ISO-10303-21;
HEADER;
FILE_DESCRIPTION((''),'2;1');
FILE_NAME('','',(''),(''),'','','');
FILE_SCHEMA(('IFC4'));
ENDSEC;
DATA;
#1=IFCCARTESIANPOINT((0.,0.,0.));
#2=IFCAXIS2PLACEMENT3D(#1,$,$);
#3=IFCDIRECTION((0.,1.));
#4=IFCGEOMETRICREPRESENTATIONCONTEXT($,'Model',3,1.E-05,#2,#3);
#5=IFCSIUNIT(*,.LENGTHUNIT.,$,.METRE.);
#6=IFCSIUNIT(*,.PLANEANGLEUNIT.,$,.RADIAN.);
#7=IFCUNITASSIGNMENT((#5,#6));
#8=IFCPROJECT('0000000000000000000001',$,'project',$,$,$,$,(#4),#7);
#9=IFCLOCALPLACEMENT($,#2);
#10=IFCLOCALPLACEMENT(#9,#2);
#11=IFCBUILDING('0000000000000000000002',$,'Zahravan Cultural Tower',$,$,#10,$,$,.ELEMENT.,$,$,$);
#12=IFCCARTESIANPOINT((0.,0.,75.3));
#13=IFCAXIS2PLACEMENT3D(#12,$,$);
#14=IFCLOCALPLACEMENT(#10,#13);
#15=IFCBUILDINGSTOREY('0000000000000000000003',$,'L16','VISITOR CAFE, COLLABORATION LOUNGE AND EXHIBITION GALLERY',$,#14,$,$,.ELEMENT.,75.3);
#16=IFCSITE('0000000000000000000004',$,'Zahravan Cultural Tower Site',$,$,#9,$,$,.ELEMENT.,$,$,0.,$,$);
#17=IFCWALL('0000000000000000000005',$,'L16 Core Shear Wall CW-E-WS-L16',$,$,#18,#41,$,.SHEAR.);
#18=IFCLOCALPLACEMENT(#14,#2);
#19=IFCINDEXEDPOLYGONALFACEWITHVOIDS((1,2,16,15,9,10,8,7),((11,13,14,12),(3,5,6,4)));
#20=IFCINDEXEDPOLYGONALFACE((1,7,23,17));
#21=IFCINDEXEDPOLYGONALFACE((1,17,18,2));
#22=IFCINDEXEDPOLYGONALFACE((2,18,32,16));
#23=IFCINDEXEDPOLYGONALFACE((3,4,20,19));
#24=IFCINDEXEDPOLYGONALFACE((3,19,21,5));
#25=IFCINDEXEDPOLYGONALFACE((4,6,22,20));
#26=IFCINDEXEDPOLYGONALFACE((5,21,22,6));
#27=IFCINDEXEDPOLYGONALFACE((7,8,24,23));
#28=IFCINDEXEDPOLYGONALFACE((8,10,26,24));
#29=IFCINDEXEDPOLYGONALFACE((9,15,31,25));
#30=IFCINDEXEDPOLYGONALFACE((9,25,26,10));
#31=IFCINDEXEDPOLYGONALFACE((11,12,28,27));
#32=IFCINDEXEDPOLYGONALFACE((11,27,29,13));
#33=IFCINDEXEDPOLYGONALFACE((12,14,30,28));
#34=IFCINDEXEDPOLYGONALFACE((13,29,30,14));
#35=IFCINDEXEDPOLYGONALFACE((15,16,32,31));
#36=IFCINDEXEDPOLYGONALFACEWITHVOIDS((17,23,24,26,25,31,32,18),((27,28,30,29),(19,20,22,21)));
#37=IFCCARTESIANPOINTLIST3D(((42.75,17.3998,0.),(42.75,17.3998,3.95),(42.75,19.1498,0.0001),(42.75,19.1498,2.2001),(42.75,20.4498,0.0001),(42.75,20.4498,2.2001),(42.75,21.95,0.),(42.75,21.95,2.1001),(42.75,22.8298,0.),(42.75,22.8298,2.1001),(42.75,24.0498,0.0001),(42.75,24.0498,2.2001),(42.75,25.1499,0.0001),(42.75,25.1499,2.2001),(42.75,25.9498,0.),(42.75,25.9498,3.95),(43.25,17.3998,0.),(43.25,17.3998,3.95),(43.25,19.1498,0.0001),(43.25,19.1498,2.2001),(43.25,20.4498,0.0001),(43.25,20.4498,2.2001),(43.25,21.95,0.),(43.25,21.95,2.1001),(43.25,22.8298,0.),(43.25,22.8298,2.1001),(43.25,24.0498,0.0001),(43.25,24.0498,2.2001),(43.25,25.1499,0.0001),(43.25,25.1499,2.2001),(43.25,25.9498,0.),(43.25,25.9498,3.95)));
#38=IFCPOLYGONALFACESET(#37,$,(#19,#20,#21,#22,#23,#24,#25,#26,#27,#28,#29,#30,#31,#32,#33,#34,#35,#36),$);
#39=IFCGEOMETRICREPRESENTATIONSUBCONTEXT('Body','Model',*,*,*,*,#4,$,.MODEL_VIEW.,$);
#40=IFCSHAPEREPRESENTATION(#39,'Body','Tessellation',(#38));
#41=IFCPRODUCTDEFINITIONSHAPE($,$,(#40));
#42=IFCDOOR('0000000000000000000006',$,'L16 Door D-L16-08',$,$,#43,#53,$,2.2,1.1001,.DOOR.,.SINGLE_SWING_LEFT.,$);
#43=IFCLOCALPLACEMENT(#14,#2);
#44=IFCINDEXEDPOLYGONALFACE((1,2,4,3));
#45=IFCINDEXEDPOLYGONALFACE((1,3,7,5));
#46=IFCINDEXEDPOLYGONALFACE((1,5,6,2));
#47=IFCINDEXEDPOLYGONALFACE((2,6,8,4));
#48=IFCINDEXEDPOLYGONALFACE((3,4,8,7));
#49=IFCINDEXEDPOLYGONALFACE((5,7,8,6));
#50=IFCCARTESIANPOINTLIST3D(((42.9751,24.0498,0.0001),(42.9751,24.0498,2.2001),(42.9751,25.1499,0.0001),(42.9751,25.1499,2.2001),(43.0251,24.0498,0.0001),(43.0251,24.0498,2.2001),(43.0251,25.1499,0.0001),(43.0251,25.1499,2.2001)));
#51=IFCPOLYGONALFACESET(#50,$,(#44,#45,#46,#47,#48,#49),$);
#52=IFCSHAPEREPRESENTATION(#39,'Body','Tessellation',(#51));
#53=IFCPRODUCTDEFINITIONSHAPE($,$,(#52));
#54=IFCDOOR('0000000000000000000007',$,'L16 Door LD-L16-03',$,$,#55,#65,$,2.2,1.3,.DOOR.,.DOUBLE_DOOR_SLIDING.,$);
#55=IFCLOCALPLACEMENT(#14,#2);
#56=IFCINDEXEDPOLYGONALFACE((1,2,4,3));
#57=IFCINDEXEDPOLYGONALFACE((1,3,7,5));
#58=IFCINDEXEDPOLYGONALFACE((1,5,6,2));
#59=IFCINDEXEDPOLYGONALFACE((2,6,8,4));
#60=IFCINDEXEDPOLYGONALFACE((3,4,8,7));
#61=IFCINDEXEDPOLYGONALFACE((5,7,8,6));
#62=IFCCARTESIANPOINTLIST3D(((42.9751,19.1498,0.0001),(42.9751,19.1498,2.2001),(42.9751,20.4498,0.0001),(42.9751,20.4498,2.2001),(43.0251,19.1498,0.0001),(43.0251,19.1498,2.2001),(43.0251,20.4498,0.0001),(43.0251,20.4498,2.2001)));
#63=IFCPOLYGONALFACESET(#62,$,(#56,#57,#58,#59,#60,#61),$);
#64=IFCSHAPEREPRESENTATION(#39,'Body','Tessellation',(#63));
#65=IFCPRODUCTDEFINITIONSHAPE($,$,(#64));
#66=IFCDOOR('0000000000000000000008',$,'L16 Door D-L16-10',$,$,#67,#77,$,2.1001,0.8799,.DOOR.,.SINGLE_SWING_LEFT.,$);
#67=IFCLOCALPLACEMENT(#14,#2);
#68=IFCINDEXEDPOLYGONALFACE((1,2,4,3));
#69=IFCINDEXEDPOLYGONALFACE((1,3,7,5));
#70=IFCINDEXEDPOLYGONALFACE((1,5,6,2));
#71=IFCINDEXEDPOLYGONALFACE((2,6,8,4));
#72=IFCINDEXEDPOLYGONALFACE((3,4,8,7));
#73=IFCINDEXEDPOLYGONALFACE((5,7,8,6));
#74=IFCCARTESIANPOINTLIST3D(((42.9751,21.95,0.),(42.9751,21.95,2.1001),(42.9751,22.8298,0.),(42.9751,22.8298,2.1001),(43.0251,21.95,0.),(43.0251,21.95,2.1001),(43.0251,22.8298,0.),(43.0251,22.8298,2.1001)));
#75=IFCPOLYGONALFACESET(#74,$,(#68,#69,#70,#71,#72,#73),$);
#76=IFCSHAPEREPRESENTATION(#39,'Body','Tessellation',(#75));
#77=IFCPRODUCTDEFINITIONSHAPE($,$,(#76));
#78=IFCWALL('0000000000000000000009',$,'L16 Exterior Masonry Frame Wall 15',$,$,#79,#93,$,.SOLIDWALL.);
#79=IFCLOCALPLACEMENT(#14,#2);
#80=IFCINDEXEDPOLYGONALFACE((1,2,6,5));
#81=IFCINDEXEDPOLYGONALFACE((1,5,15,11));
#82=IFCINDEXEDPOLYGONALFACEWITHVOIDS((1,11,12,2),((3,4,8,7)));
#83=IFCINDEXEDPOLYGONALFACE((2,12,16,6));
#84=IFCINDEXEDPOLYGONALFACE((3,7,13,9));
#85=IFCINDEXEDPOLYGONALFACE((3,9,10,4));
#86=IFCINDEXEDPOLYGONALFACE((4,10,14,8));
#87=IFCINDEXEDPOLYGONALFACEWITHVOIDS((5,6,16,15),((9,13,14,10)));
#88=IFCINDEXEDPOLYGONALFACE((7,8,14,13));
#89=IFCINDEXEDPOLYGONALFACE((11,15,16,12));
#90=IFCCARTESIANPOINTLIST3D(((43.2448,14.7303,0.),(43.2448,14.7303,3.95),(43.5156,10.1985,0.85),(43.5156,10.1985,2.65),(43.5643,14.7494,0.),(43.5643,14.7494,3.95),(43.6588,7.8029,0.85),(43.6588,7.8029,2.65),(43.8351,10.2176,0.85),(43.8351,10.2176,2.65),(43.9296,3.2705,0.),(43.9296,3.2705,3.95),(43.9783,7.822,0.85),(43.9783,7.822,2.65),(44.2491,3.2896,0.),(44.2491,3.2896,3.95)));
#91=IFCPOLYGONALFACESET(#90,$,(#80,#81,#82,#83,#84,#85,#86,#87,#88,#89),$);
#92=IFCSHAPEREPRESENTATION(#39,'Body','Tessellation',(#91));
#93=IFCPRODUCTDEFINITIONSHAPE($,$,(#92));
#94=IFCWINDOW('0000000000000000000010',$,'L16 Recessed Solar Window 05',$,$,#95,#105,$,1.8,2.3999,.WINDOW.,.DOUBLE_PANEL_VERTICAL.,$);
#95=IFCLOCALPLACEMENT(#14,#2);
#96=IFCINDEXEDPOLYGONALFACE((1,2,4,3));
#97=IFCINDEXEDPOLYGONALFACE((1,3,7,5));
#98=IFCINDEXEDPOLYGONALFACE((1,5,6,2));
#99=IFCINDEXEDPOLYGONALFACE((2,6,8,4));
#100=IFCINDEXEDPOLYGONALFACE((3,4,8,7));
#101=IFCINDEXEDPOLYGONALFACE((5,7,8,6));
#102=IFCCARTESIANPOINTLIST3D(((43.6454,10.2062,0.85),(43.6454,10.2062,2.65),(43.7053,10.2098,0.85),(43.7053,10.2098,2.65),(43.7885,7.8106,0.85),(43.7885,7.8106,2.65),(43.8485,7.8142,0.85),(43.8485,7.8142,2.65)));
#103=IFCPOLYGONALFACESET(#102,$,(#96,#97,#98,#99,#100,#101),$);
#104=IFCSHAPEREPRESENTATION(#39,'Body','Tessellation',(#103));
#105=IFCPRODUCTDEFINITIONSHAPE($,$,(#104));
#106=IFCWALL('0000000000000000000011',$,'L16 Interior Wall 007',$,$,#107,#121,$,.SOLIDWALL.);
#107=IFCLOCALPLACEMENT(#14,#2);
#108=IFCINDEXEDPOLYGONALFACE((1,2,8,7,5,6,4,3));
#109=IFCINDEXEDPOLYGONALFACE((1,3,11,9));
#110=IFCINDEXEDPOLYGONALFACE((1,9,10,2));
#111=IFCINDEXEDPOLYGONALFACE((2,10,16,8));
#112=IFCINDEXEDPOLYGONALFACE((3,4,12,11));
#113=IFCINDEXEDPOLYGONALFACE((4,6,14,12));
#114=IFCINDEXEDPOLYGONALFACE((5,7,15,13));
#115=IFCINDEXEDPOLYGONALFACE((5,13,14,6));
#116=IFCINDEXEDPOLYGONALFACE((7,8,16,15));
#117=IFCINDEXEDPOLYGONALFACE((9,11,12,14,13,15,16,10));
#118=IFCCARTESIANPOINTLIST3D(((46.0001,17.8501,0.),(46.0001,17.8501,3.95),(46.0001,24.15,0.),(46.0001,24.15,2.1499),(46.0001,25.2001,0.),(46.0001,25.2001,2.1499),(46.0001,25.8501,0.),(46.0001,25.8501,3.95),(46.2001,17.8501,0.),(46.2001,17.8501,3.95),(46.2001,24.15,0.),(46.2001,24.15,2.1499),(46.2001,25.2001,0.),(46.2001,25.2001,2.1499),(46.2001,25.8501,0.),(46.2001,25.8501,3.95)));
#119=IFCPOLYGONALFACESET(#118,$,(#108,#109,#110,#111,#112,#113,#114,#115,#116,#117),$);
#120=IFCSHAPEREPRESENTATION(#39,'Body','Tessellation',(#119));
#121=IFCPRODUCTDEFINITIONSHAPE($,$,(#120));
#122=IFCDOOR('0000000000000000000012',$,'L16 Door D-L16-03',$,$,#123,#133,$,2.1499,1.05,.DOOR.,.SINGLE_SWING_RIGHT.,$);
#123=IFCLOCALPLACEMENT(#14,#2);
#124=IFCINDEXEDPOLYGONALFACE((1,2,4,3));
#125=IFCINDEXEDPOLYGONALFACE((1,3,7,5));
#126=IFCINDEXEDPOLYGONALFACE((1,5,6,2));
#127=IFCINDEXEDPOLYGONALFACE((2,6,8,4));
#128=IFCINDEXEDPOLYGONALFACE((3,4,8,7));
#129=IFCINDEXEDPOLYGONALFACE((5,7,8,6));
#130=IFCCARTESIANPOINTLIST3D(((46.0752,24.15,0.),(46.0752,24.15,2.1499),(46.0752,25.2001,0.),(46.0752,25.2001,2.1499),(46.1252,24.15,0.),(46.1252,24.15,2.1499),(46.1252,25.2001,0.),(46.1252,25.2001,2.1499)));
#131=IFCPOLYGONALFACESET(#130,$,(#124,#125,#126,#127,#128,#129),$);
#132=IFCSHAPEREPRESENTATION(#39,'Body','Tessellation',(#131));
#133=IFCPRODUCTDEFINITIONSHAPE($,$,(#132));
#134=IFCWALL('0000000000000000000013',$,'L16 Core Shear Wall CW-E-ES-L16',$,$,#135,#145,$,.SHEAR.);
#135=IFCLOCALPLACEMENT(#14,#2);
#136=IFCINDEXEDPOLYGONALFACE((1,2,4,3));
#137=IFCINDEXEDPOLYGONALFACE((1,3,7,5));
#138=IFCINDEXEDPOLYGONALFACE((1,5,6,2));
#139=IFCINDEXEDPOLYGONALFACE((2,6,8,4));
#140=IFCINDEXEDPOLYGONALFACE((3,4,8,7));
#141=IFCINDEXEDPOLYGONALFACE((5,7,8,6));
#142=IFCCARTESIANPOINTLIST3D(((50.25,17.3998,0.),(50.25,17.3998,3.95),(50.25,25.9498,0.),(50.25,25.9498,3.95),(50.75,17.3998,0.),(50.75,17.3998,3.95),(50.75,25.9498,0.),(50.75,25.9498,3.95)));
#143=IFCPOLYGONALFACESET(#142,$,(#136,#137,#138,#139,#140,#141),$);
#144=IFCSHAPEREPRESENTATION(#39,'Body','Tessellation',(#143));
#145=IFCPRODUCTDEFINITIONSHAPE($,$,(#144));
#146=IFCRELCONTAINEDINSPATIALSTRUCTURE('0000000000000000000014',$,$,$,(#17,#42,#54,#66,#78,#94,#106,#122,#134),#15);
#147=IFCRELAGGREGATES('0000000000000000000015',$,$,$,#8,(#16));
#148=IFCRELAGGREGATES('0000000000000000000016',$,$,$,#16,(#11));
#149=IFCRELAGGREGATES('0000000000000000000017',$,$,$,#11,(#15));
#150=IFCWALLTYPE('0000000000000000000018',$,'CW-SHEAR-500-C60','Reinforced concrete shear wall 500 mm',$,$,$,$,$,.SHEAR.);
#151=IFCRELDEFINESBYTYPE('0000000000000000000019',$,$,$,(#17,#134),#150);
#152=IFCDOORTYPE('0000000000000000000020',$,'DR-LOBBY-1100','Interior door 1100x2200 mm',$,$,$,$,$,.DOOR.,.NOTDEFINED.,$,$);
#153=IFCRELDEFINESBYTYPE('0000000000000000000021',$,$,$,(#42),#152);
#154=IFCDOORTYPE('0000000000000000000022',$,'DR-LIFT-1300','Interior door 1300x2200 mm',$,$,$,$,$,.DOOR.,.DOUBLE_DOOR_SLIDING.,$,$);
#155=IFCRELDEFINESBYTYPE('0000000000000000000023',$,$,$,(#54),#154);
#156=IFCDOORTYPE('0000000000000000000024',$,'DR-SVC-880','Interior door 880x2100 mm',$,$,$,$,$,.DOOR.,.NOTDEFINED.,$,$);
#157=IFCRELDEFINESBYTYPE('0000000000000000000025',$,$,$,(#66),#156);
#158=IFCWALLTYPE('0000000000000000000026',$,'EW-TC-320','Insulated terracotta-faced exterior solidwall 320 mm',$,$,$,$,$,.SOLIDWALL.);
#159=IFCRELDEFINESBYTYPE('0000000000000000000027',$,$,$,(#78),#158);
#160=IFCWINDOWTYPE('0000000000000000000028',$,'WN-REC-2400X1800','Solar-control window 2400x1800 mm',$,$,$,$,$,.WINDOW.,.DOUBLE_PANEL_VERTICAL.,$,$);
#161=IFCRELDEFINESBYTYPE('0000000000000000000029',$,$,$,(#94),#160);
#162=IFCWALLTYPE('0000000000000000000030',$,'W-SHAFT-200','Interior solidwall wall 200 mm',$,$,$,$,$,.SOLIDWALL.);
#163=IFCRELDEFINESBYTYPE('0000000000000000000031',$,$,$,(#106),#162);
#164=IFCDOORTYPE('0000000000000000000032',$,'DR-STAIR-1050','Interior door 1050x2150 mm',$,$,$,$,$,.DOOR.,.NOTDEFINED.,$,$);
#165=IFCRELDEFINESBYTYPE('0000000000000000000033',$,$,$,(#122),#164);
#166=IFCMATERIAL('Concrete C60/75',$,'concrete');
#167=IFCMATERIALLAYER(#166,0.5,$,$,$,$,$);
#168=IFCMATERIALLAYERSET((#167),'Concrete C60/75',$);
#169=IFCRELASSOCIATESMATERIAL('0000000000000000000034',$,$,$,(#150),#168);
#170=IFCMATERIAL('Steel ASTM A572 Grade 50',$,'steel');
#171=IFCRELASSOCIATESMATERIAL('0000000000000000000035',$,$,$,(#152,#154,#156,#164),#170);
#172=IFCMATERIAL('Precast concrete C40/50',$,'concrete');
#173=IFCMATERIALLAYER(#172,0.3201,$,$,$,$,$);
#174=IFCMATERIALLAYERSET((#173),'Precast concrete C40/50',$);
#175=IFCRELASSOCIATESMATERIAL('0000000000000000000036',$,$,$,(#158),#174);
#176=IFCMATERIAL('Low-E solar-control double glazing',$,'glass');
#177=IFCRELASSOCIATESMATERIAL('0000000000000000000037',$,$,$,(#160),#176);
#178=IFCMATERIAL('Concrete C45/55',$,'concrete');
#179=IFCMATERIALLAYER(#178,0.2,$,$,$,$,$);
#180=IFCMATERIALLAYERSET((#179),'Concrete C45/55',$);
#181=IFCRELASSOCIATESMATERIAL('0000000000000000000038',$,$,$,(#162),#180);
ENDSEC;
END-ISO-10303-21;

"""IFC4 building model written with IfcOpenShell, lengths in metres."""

from ifc_helpers import new_model, si_unit, direction, frame, frame_2d, origin, place, context, subcontext, project, spatial, rectangle, extrude, source, transform, mapped, material, layer, layer_set, type_object, element, fill, save


model = new_model("IFC4")

# Units and contexts
model_context = context("Model", 3, precision=1e-05, world=origin(), true_north=direction((0.0, 1.0)))
body_context = subcontext(model_context, "Body", "Model", "MODEL_VIEW")
ifc_project = project(units=[si_unit("LENGTHUNIT", "METRE"), si_unit("PLANEANGLEUNIT", "RADIAN")], contexts=[model_context])

# Site, building, storey
site_placement = place(None, origin())
site = spatial("IfcSite", under=ifc_project, at=site_placement, Name="Zahravan Cultural Tower Site", CompositionType="ELEMENT", RefElevation=0.0)
building_placement = place(site_placement, origin())
building = spatial("IfcBuilding", under=site, at=building_placement, Name="Zahravan Cultural Tower", CompositionType="ELEMENT")
storey_placement = place(building_placement, frame((0.0, 0.0, 75.3)))
storey = spatial("IfcBuildingStorey", under=building, at=storey_placement, Name="L16", Description="VISITOR CAFE, COLLABORATION LOUNGE AND EXHIBITION GALLERY", CompositionType="ELEMENT", Elevation=75.3)

# Shared definitions
ifc_material_1 = material(Name="Concrete C60/75", Category="concrete")

# Wall, openings, doors
ifc_layer_1 = layer(ifc_material_1, 0.5)
ifc_layer_set_1 = layer_set([ifc_layer_1], Name="Concrete C60/75")
wall_type_1 = type_object("IfcWallType", Name="CW-SHEAR-500-C60", Description="Reinforced concrete shear wall 500 mm", PredefinedType="SHEAR", material=ifc_layer_set_1)
wall_1_placement = place(storey_placement, frame((43.0, 17.3999, 0.0), z_axis=(0.0, 0.0, 1.0), x_axis=(0.0, 1.0, 0.0)))
wall_1 = element("IfcWall", 1, at=wall_1_placement, inside=storey, type_object=wall_type_1, Name="L16 Core Shear Wall CW-E-WS-L16", PredefinedType="SHEAR", context=body_context, shape_type="SweptSolid", body=[
    extrude(rectangle(XDim=8.55, YDim=0.5, at=frame_2d((4.2749, 0.0))), origin(), (0.0, 0.0, 1.0), 3.95),
])
opening_1_placement = place(wall_1_placement, frame((6.6499, 0.0, 0.0)))
opening_1 = element("IfcOpeningElement", 2, at=opening_1_placement, cuts=wall_1, PredefinedType="OPENING", context=body_context, shape_type="SweptSolid", body=[
    extrude(rectangle(XDim=1.1001, YDim=2.2, at=frame_2d((0.55, 1.1001))), frame((0.0, 0.26, 0.0), z_axis=(0.0, -1.0, 0.0), x_axis=(1.0, 0.0, 0.0)), (0.0, 0.0, 1.0), 0.52),
])
opening_2_placement = place(wall_1_placement, frame((1.75, 0.0, 0.0)))
opening_2 = element("IfcOpeningElement", 3, at=opening_2_placement, cuts=wall_1, PredefinedType="OPENING", context=body_context, shape_type="SweptSolid", body=[
    extrude(rectangle(XDim=1.3, YDim=2.2, at=frame_2d((0.6499, 1.1001))), frame((0.0, 0.26, 0.0), z_axis=(0.0, -1.0, 0.0), x_axis=(1.0, 0.0, 0.0)), (0.0, 0.0, 1.0), 0.52),
])
opening_3_placement = place(wall_1_placement, frame((4.55, 0.0, 0.0)))
opening_3 = element("IfcOpeningElement", 4, at=opening_3_placement, cuts=wall_1, PredefinedType="OPENING", context=body_context, shape_type="SweptSolid", body=[
    extrude(rectangle(XDim=0.8799, YDim=2.1001, at=frame_2d((0.4399, 1.05))), frame((0.0, 0.26, 0.0), z_axis=(0.0, -1.0, 0.0), x_axis=(1.0, 0.0, 0.0)), (0.0, 0.0, 1.0), 0.52),
])
ifc_material_2 = material(Name="Steel ASTM A572 Grade 50", Category="steel")
door_type_1 = type_object("IfcDoorType", Name="DR-LOBBY-1100", Description="Interior door 1100x2200 mm", OperationType="NOTDEFINED", PredefinedType="DOOR", material=ifc_material_2)
shared_shape_1 = source(origin(), body_context, "Body", "SweptSolid", [
    extrude(rectangle(XDim=1.1001, YDim=2.2, at=frame_2d((0.55, 1.1001))), frame((0.0, 0.0249, 0.0), z_axis=(0.0, -1.0, 0.0), x_axis=(1.0, 0.0, 0.0)), (0.0, 0.0, 1.0), 0.05),
])
door_1_placement = place(opening_1_placement, origin())
door_1 = element("IfcDoor", 5, at=door_1_placement, inside=storey, type_object=door_type_1, Name="L16 Door D-L16-08", OperationType="SINGLE_SWING_LEFT", OverallHeight=2.2, OverallWidth=1.1001, PredefinedType="DOOR", context=body_context, shape_type="MappedRepresentation", body=[
    mapped(shared_shape_1, transform((0.0, 0.0, 0.0), x_axis=(1.0, 0.0, 0.0), y_axis=(0.0, 1.0, 0.0), z_axis=(0.0, 0.0, 1.0), scale=1.0)),
])
fill(opening_1, door_1)
door_type_2 = type_object("IfcDoorType", Name="DR-LIFT-1300", Description="Interior door 1300x2200 mm", OperationType="DOUBLE_DOOR_SLIDING", PredefinedType="DOOR", material=ifc_material_2)
shared_shape_2 = source(origin(), body_context, "Body", "SweptSolid", [
    extrude(rectangle(XDim=1.3, YDim=2.2, at=frame_2d((0.6499, 1.1001))), frame((0.0, 0.0249, 0.0), z_axis=(0.0, -1.0, 0.0), x_axis=(1.0, 0.0, 0.0)), (0.0, 0.0, 1.0), 0.05),
])
door_2_placement = place(opening_2_placement, origin())
door_2 = element("IfcDoor", 6, at=door_2_placement, inside=storey, type_object=door_type_2, Name="L16 Door LD-L16-03", OperationType="DOUBLE_DOOR_SLIDING", OverallHeight=2.2, OverallWidth=1.3, PredefinedType="DOOR", context=body_context, shape_type="MappedRepresentation", body=[
    mapped(shared_shape_2, transform((0.0, 0.0, 0.0), x_axis=(1.0, 0.0, 0.0), y_axis=(0.0, 1.0, 0.0), z_axis=(0.0, 0.0, 1.0), scale=1.0)),
])
fill(opening_2, door_2)
door_type_3 = type_object("IfcDoorType", Name="DR-SVC-880", Description="Interior door 880x2100 mm", OperationType="NOTDEFINED", PredefinedType="DOOR", material=ifc_material_2)
shared_shape_3 = source(origin(), body_context, "Body", "SweptSolid", [
    extrude(rectangle(XDim=0.8799, YDim=2.1001, at=frame_2d((0.4399, 1.05))), frame((0.0, 0.0249, 0.0), z_axis=(0.0, -1.0, 0.0), x_axis=(1.0, 0.0, 0.0)), (0.0, 0.0, 1.0), 0.05),
])
door_3_placement = place(opening_3_placement, origin())
door_3 = element("IfcDoor", 7, at=door_3_placement, inside=storey, type_object=door_type_3, Name="L16 Door D-L16-10", OperationType="SINGLE_SWING_LEFT", OverallHeight=2.1001, OverallWidth=0.8799, PredefinedType="DOOR", context=body_context, shape_type="MappedRepresentation", body=[
    mapped(shared_shape_3, transform((0.0, 0.0, 0.0), x_axis=(1.0, 0.0, 0.0), y_axis=(0.0, 1.0, 0.0), z_axis=(0.0, 0.0, 1.0), scale=1.0)),
])
fill(opening_3, door_3)

# Shared definitions
ifc_material_3 = material(Name="Precast concrete C40/50", Category="concrete")
ifc_layer_2 = layer(ifc_material_3, 0.3201)
ifc_layer_set_2 = layer_set([ifc_layer_2], Name="Precast concrete C40/50")
wall_type_2 = type_object("IfcWallType", Name="EW-TC-320", Description="Insulated terracotta-faced exterior solidwall 320 mm", PredefinedType="SOLIDWALL", material=ifc_layer_set_2)
shared_shape_4 = source(origin(), body_context, "Body", "SweptSolid", [
    extrude(rectangle(XDim=1.05, YDim=2.1499, at=frame_2d((0.5249, 1.075))), frame((0.0, 0.0249, 0.0), z_axis=(0.0, -1.0, 0.0), x_axis=(1.0, 0.0, 0.0)), (0.0, 0.0, 1.0), 0.05),
])

# Wall, opening, window
wall_2_placement = place(storey_placement, frame((43.4045, 14.74, 0.0), z_axis=(0.0, 0.0, 1.0), x_axis=(0.059652, -0.998219, 0.0)))
wall_2 = element("IfcWall", 8, at=wall_2_placement, inside=storey, type_object=wall_type_2, Name="L16 Exterior Masonry Frame Wall 15", PredefinedType="SOLIDWALL", context=body_context, shape_type="SweptSolid", body=[
    extrude(rectangle(XDim=11.4802, YDim=0.3201, at=frame_2d((5.7402, 0.0))), origin(), (0.0, 0.0, 1.0), 3.95),
])
opening_4_placement = place(wall_2_placement, frame((4.54, 0.0, 0.8501)))
opening_4 = element("IfcOpeningElement", 9, at=opening_4_placement, cuts=wall_2, PredefinedType="OPENING", context=body_context, shape_type="SweptSolid", body=[
    extrude(rectangle(XDim=2.3999, YDim=1.8, at=frame_2d((1.2, 0.8999))), frame((0.0, 0.1699, 0.0), z_axis=(0.0, -1.0, 0.0), x_axis=(1.0, 0.0, 0.0)), (0.0, 0.0, 1.0), 0.3401),
])
ifc_material_4 = material(Name="Low-E solar-control double glazing", Category="glass")
window_type = type_object("IfcWindowType", Name="WN-REC-2400X1800", Description="Solar-control window 2400x1800 mm", PartitioningType="DOUBLE_PANEL_VERTICAL", PredefinedType="WINDOW", material=ifc_material_4)
shared_shape_5 = source(origin(), body_context, "Body", "SweptSolid", [
    extrude(rectangle(XDim=2.3999, YDim=1.8, at=frame_2d((1.2, 0.8999))), frame((0.0, 0.03, 0.0), z_axis=(0.0, -1.0, 0.0), x_axis=(1.0, 0.0, 0.0)), (0.0, 0.0, 1.0), 0.0601),
])
window_placement = place(opening_4_placement, origin())
window = element("IfcWindow", 10, at=window_placement, inside=storey, type_object=window_type, Name="L16 Recessed Solar Window 05", OverallHeight=1.8, OverallWidth=2.3999, PartitioningType="DOUBLE_PANEL_VERTICAL", PredefinedType="WINDOW", context=body_context, shape_type="MappedRepresentation", body=[
    mapped(shared_shape_5, transform((0.0, 0.0, 0.0), x_axis=(1.0, 0.0, 0.0), y_axis=(0.0, 1.0, 0.0), z_axis=(0.0, 0.0, 1.0), scale=1.0)),
])
fill(opening_4, window)

# Wall, opening, door
ifc_material_5 = material(Name="Concrete C45/55", Category="concrete")
ifc_layer_3 = layer(ifc_material_5, 0.2)
ifc_layer_set_3 = layer_set([ifc_layer_3], Name="Concrete C45/55")
wall_type_3 = type_object("IfcWallType", Name="W-SHAFT-200", Description="Interior solidwall wall 200 mm", PredefinedType="SOLIDWALL", material=ifc_layer_set_3)
wall_3_placement = place(storey_placement, frame((46.1001, 17.8501, 0.0), z_axis=(0.0, 0.0, 1.0), x_axis=(0.0, 1.0, 0.0)))
wall_3 = element("IfcWall", 11, at=wall_3_placement, inside=storey, type_object=wall_type_3, Name="L16 Interior Wall 007", PredefinedType="SOLIDWALL", context=body_context, shape_type="SweptSolid", body=[
    extrude(rectangle(XDim=8.0, YDim=0.2, at=frame_2d((4.0, 0.0))), origin(), (0.0, 0.0, 1.0), 3.95),
])
opening_5_placement = place(wall_3_placement, frame((6.3, 0.0, 0.0)))
opening_5 = element("IfcOpeningElement", 12, at=opening_5_placement, cuts=wall_3, PredefinedType="OPENING", context=body_context, shape_type="SweptSolid", body=[
    extrude(rectangle(XDim=1.05, YDim=2.1499, at=frame_2d((0.5249, 1.075))), frame((0.0, 0.1099, 0.0), z_axis=(0.0, -1.0, 0.0), x_axis=(1.0, 0.0, 0.0)), (0.0, 0.0, 1.0), 0.22),
])
door_type_4 = type_object("IfcDoorType", Name="DR-STAIR-1050", Description="Interior door 1050x2150 mm", OperationType="NOTDEFINED", PredefinedType="DOOR", material=ifc_material_2)
door_4_placement = place(opening_5_placement, origin())
door_4 = element("IfcDoor", 13, at=door_4_placement, inside=storey, type_object=door_type_4, Name="L16 Door D-L16-03", OperationType="SINGLE_SWING_RIGHT", OverallHeight=2.1499, OverallWidth=1.05, PredefinedType="DOOR", context=body_context, shape_type="MappedRepresentation", body=[
    mapped(shared_shape_4, transform((0.0, 0.0, 0.0), x_axis=(1.0, 0.0, 0.0), y_axis=(0.0, 1.0, 0.0), z_axis=(0.0, 0.0, 1.0), scale=1.0)),
])
fill(opening_5, door_4)

# Wall
shared_shape_6 = source(origin(), body_context, "Body", "SweptSolid", [
    extrude(rectangle(XDim=8.55, YDim=0.5, at=frame_2d((4.2749, 0.0))), origin(), (0.0, 0.0, 1.0), 3.95),
])
wall_4_placement = place(storey_placement, frame((50.5, 17.3999, 0.0), z_axis=(0.0, 0.0, 1.0), x_axis=(0.0, 1.0, 0.0)))
element("IfcWall", 14, at=wall_4_placement, inside=storey, type_object=wall_type_1, Name="L16 Core Shear Wall CW-E-ES-L16", PredefinedType="SHEAR", context=body_context, shape_type="MappedRepresentation", body=[
    mapped(shared_shape_6, transform((0.0, 0.0, 0.0), x_axis=(1.0, 0.0, 0.0), y_axis=(0.0, 1.0, 0.0), z_axis=(0.0, 0.0, 1.0), scale=1.0)),
])

save(model, "model.ifc")
